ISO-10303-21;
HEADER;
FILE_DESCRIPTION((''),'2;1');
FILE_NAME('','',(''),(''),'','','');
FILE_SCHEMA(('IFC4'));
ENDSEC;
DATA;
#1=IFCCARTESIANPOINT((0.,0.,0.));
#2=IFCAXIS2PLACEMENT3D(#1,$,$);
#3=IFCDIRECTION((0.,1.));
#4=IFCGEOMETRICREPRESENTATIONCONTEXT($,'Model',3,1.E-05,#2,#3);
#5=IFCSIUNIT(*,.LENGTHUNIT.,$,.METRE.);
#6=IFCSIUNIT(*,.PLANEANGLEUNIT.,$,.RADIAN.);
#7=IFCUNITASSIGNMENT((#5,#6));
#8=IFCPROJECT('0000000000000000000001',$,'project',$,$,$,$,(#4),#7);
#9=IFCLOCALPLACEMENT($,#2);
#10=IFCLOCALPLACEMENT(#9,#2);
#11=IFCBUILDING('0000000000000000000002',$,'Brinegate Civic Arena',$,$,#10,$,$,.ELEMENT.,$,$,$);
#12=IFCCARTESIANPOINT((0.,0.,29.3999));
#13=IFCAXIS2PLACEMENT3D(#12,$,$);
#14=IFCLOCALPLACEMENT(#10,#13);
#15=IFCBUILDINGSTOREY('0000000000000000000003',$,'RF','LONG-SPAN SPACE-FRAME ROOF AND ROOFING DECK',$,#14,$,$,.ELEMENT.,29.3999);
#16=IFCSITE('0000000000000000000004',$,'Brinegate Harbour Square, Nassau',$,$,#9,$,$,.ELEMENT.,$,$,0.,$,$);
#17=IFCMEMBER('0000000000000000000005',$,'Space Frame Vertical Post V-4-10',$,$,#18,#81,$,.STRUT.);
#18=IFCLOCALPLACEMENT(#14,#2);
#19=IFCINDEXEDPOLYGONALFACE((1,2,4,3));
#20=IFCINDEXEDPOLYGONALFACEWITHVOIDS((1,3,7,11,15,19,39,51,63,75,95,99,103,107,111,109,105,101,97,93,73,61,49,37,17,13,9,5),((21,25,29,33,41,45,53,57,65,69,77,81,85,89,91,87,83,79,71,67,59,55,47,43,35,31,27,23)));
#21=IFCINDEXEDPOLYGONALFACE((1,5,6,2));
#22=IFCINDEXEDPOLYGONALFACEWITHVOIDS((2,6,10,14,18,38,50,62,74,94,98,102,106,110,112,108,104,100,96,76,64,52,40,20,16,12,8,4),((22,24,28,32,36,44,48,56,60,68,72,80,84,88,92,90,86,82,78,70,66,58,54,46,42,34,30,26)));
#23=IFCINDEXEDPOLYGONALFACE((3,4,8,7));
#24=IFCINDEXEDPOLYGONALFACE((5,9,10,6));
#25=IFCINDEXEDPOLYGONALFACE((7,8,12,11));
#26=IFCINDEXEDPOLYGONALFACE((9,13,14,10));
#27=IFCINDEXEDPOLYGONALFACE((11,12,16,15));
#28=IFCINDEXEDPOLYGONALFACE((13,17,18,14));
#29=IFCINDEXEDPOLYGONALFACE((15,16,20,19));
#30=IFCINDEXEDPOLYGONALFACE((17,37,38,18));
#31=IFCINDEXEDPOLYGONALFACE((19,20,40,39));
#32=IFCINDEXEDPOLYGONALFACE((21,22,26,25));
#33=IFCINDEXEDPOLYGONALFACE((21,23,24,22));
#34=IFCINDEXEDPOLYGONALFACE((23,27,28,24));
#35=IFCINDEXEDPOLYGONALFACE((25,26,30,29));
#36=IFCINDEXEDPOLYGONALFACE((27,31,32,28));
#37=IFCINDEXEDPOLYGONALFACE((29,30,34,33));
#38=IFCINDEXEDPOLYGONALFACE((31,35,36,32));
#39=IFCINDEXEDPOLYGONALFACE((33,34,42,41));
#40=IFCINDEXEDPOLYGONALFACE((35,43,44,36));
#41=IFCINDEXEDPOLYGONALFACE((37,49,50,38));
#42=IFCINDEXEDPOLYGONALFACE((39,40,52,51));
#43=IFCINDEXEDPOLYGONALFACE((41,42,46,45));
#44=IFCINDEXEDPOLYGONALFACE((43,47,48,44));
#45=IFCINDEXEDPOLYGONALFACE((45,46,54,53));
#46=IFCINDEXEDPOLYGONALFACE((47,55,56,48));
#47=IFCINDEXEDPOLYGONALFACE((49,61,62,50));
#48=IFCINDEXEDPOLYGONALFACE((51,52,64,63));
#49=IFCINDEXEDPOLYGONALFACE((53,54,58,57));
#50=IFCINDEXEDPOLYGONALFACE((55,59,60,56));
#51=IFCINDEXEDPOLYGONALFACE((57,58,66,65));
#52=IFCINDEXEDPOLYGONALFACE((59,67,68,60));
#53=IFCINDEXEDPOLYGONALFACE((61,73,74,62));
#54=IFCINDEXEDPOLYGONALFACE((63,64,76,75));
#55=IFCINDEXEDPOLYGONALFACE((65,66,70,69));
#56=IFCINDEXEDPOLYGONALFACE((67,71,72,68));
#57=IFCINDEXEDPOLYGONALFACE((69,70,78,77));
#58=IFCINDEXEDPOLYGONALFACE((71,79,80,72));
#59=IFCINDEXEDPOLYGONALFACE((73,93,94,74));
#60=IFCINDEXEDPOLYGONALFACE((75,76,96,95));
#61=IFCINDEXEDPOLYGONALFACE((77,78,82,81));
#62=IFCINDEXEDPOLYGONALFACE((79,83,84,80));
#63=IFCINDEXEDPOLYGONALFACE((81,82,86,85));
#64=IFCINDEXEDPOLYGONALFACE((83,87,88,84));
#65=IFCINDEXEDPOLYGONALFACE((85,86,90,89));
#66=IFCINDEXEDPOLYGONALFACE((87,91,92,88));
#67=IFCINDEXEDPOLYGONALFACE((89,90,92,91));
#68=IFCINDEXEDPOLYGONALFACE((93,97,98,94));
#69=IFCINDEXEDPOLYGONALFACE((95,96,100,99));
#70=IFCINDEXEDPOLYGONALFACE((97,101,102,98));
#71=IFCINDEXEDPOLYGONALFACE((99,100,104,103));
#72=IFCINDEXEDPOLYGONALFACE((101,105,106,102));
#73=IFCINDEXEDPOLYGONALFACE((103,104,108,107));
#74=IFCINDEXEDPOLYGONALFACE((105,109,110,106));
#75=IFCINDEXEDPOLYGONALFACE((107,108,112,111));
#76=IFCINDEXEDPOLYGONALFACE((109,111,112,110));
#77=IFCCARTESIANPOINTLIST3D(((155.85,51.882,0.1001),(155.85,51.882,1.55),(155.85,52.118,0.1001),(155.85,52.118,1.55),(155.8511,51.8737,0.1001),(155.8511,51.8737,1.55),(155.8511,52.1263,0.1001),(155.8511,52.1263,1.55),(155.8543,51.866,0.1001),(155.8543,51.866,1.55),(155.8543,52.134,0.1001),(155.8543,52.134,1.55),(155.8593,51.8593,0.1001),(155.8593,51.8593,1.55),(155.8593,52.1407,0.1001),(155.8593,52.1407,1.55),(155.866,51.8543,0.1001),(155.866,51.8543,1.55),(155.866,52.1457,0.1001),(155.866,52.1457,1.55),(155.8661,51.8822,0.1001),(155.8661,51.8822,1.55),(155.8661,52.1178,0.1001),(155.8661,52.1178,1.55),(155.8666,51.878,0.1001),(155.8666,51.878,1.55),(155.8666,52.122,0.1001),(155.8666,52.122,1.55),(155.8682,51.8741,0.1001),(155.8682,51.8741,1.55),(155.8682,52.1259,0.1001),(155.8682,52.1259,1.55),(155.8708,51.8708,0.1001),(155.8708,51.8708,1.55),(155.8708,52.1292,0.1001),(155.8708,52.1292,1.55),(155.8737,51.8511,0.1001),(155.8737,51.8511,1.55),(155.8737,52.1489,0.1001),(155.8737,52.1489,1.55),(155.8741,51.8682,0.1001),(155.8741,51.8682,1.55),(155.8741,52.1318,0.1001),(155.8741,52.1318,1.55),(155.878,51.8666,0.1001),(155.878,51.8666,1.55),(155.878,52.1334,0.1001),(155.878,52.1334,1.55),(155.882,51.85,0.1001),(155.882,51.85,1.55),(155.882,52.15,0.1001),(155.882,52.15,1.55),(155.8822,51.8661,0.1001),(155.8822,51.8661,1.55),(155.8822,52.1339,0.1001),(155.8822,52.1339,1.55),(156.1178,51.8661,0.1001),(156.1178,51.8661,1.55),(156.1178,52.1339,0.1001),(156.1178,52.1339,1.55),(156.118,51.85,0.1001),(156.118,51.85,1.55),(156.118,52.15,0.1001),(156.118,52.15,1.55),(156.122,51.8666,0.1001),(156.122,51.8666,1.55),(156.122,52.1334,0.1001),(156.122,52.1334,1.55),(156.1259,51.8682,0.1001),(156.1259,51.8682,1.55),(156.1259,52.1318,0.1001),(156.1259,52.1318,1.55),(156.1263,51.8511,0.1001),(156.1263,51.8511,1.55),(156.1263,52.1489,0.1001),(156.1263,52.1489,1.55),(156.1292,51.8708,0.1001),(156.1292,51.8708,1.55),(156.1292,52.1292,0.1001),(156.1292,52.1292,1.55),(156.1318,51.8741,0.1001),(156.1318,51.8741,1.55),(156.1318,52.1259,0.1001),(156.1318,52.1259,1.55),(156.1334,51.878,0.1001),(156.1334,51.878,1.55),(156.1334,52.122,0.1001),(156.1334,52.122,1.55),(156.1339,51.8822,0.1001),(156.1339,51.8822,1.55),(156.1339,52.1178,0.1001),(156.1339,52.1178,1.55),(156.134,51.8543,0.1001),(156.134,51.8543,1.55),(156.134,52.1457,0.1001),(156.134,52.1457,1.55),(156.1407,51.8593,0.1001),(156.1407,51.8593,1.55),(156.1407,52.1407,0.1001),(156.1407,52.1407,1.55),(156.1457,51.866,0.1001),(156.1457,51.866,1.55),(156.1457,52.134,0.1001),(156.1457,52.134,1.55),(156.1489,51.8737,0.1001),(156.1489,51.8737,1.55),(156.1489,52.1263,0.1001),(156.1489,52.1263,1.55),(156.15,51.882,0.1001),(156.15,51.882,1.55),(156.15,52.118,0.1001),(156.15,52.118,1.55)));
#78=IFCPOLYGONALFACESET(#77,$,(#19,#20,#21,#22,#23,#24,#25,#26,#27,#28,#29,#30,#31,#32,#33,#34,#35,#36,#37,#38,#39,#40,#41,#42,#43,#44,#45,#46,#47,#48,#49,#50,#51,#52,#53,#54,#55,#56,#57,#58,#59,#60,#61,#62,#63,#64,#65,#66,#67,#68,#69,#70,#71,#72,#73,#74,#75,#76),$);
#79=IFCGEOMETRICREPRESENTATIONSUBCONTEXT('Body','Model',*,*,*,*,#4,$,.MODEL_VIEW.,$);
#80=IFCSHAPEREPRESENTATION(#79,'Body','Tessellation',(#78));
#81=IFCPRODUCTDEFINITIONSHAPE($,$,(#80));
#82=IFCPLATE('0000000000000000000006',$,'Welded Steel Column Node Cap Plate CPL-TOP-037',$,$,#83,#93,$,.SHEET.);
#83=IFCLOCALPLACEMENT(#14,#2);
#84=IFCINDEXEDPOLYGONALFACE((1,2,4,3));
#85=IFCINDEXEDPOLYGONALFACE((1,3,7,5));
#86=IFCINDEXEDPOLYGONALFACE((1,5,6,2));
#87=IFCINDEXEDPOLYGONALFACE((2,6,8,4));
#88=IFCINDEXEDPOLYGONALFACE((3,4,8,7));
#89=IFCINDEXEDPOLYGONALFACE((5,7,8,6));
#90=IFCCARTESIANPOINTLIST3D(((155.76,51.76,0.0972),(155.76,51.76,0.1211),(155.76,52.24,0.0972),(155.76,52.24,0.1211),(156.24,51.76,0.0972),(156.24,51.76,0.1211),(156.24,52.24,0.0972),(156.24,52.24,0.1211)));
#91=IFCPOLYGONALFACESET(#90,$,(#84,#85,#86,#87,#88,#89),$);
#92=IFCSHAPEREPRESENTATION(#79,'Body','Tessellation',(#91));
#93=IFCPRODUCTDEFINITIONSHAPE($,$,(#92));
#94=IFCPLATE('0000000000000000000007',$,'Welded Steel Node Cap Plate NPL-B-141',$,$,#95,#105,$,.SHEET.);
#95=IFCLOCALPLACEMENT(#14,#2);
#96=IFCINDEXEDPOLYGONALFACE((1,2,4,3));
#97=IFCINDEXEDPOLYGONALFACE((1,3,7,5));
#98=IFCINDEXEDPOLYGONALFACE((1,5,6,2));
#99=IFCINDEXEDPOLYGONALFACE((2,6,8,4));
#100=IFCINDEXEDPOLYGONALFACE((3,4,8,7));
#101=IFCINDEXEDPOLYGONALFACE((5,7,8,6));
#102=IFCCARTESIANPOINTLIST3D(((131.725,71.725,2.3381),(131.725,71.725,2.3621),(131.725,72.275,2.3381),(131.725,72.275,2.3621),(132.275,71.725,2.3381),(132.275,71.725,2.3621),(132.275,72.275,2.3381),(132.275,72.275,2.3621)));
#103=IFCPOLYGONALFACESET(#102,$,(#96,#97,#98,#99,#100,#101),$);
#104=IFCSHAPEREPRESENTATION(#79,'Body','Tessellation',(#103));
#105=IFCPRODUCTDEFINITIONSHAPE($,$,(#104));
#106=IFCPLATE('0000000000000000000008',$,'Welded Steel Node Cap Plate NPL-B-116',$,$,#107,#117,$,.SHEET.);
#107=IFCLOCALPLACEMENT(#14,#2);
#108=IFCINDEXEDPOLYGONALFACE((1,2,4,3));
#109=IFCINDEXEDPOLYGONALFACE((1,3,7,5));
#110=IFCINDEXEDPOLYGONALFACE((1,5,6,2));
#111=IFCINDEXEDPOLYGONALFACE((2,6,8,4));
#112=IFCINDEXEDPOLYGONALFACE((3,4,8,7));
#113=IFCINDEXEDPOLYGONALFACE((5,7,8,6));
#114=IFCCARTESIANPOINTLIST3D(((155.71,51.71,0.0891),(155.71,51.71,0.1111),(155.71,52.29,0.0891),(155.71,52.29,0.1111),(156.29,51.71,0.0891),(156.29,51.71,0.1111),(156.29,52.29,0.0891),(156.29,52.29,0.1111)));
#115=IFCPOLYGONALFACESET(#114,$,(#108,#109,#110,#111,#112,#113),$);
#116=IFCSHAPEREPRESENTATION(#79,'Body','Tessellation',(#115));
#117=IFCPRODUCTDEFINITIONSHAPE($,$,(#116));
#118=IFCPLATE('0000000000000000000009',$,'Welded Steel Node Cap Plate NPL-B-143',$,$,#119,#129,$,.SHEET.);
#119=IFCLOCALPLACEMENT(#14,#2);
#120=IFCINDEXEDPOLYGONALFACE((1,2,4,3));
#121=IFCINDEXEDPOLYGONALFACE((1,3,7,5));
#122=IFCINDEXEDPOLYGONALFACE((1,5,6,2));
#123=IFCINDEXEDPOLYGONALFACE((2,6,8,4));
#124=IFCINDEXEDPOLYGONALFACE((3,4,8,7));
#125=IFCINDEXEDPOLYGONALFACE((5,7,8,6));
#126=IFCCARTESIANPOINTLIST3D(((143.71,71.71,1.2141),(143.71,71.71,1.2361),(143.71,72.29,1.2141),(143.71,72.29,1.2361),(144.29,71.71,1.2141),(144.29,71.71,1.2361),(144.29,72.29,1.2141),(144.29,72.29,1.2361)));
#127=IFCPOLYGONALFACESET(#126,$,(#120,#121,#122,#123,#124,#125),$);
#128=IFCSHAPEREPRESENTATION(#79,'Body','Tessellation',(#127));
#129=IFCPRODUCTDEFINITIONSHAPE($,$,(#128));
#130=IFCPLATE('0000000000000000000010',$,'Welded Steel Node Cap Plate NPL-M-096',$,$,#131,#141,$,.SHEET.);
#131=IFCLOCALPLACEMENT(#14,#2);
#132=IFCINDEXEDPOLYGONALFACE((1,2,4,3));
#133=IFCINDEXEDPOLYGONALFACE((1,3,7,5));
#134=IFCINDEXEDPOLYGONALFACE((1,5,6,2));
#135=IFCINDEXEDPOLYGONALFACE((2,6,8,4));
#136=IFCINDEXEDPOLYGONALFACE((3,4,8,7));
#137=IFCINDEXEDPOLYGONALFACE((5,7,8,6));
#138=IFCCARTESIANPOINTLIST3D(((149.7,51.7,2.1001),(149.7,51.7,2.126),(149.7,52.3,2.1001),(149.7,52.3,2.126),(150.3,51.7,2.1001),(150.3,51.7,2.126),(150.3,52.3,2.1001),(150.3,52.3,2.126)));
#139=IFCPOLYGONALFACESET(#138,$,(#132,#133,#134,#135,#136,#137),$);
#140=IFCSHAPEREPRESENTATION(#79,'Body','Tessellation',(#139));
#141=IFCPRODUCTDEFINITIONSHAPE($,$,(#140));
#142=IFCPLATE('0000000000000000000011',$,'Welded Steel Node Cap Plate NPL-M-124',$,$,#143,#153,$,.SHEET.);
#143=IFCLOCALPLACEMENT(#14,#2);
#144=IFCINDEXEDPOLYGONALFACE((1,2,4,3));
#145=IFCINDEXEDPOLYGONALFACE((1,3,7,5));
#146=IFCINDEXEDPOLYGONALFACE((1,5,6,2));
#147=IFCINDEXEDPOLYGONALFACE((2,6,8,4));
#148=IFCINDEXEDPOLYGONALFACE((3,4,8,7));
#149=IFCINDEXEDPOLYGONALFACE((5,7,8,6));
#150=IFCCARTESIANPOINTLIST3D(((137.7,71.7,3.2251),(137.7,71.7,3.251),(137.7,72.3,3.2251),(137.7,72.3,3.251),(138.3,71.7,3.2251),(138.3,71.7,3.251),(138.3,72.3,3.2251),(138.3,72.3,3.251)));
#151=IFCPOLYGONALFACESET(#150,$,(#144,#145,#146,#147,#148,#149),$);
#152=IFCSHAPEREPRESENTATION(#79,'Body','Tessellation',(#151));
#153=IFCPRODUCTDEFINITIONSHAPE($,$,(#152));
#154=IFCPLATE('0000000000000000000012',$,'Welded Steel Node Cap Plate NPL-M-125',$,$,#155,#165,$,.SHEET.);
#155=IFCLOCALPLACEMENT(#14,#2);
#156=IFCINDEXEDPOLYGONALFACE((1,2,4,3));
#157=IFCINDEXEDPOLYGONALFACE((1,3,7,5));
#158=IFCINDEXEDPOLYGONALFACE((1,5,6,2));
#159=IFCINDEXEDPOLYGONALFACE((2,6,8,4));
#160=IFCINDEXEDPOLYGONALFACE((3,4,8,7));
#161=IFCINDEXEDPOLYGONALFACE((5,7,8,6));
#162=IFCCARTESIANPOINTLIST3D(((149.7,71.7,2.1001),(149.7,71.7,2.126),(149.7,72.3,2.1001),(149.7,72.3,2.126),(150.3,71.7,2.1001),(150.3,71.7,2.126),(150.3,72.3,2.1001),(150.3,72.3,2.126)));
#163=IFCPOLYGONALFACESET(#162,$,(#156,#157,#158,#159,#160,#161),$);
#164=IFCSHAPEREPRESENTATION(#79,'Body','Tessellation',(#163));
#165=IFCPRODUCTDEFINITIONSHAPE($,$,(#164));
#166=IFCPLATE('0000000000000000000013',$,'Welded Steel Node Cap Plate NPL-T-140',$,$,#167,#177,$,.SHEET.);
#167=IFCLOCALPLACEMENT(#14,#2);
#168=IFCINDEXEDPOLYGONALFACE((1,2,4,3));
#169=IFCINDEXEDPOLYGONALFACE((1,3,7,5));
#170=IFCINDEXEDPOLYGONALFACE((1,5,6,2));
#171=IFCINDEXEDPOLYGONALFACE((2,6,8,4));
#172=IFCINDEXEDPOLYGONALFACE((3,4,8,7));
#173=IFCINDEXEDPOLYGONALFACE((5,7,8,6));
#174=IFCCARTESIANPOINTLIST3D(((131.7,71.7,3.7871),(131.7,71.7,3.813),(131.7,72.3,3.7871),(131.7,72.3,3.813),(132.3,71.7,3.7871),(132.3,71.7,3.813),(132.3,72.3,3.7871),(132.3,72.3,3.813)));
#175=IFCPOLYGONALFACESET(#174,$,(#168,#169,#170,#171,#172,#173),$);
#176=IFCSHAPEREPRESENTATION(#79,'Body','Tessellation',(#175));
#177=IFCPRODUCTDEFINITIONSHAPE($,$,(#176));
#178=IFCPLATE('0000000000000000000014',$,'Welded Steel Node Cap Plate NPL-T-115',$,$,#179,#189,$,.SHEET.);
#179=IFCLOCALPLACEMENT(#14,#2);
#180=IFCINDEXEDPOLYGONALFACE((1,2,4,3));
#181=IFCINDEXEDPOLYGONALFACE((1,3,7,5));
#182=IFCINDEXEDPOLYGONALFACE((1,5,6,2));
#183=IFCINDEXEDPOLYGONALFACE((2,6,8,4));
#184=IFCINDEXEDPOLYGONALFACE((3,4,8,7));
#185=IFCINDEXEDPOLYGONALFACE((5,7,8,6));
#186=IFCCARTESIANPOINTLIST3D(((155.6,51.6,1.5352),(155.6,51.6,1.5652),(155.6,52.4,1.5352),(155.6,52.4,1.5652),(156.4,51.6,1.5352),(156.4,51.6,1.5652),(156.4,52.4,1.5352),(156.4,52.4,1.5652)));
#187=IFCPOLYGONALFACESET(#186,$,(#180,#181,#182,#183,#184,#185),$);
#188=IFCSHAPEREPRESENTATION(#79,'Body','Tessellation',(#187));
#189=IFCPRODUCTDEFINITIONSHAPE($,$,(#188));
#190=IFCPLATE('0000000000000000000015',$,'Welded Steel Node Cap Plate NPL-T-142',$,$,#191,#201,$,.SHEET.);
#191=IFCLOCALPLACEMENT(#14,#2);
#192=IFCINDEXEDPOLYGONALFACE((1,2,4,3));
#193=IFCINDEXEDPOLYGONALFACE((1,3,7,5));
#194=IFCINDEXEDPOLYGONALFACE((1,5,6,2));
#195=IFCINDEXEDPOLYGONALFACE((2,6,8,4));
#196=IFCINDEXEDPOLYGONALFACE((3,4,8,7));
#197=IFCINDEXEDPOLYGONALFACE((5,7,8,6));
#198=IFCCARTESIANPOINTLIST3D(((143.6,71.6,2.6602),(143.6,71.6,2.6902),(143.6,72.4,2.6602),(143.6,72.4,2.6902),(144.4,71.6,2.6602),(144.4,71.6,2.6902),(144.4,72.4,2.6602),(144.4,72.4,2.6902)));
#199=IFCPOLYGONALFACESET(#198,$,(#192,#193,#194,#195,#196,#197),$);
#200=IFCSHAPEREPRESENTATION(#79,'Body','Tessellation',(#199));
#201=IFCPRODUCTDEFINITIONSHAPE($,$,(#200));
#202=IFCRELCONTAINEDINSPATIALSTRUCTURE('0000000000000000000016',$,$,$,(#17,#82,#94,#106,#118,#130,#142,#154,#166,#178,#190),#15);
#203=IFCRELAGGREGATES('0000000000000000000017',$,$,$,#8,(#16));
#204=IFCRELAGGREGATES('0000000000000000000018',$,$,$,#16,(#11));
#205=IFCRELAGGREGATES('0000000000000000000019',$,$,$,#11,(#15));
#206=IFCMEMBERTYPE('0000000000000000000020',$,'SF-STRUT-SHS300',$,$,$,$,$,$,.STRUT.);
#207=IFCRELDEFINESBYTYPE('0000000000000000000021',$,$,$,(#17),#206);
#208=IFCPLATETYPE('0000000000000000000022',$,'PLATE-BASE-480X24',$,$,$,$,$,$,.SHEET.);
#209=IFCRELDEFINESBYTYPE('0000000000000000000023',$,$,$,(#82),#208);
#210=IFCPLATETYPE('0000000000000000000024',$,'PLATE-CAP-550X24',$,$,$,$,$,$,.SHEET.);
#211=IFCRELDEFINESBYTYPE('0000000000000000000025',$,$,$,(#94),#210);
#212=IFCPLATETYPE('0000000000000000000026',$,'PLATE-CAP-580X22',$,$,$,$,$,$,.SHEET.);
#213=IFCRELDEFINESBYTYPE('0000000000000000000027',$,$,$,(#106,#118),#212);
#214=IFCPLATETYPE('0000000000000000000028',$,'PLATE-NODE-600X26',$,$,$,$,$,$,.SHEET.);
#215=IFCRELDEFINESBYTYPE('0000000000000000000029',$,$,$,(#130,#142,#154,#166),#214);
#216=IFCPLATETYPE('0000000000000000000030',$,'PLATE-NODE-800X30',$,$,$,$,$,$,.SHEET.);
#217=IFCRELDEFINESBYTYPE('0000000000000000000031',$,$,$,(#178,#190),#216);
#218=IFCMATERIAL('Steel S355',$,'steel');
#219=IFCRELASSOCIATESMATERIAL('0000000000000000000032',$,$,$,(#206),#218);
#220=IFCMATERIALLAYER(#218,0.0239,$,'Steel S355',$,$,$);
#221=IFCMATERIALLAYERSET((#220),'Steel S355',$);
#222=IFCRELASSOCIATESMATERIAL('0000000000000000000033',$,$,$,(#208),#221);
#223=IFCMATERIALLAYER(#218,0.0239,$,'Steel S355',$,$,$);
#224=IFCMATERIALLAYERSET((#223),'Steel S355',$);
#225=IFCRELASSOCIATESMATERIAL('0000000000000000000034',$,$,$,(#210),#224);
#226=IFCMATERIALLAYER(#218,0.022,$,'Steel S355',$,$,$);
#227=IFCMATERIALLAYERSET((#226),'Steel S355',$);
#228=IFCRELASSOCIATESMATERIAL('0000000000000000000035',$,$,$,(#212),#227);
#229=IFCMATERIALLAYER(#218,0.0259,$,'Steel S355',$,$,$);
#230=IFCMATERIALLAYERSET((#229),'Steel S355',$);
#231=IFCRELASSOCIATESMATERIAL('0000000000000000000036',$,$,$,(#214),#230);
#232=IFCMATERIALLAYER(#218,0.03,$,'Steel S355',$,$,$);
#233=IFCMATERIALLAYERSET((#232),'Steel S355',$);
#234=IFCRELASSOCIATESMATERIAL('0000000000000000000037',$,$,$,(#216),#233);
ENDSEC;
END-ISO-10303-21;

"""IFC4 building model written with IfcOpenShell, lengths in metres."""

from ifc_helpers import new_model, si_unit, direction, frame, origin, origin_2d, place, context, subcontext, project, spatial, rectangle, hollow_rectangle, extrude, material, layer, layer_set, material_profile, profile_set, type_object, element, save


model = new_model("IFC4")

# Units and contexts
model_context = context("Model", 3, precision=1e-05, world=origin(), true_north=direction((0.0, 1.0)))
body_context = subcontext(model_context, "Body", "Model", "MODEL_VIEW")
ifc_project = project(units=[si_unit("LENGTHUNIT", "METRE"), si_unit("PLANEANGLEUNIT", "RADIAN")], contexts=[model_context])

# Site, building, storey
site_placement = place(None, origin())
site = spatial("IfcSite", under=ifc_project, at=site_placement, Name="Brinegate Harbour Square, Nassau", CompositionType="ELEMENT", RefElevation=0.0)
building_placement = place(site_placement, origin())
building = spatial("IfcBuilding", under=site, at=building_placement, Name="Brinegate Civic Arena", CompositionType="ELEMENT")
storey_placement = place(building_placement, frame((0.0, 0.0, 29.3999)))
storey = spatial("IfcBuildingStorey", under=building, at=storey_placement, Name="RF", Description="LONG-SPAN SPACE-FRAME ROOF AND ROOFING DECK", CompositionType="ELEMENT", Elevation=29.3999)

# Shared definitions
ifc_material_1 = material(Name="Steel S355", Category="steel")

# Member
ifc_material_profile_1 = material_profile(ifc_material_1, hollow_rectangle(XDim=0.3, YDim=0.3, WallThickness=0.0161, InnerFilletRadius=0.0161, OuterFilletRadius=0.032, at=origin_2d()), Name="SHS300X16")
ifc_profile_set_1 = profile_set([ifc_material_profile_1], Name="Steel S355")
member_type_1 = type_object("IfcMemberType", Name="SF-STRUT-SHS300", PredefinedType="STRUT", material=ifc_profile_set_1)
member_1_placement = place(storey_placement, frame((156.0, 52.0, 0.1001), z_axis=(0.0, 0.0, 1.0), x_axis=(1.0, 0.0, 0.0)))
element("IfcMember", 1, at=member_1_placement, inside=storey, type_object=member_type_1, Name="Space Frame Vertical Post V-4-10", PredefinedType="STRUT", context=body_context, shape_type="SweptSolid", body=[
    extrude(hollow_rectangle(XDim=0.3, YDim=0.3, WallThickness=0.0161, InnerFilletRadius=0.0161, OuterFilletRadius=0.032, at=origin_2d()), origin(), (0.0, 0.0, 1.0), 1.45),
])

# Plates
ifc_layer_1 = layer(ifc_material_1, 0.0239, Name="Steel S355")
ifc_layer_set_1 = layer_set([ifc_layer_1], Name="Steel S355")
plate_type_1 = type_object("IfcPlateType", Name="PLATE-BASE-480X24", PredefinedType="SHEET", material=ifc_layer_set_1)
plate_1_placement = place(storey_placement, frame((156.0, 52.0, 0.0972), z_axis=(0.0, 0.0, 1.0), x_axis=(1.0, 0.0, 0.0)))
element("IfcPlate", 2, at=plate_1_placement, inside=storey, type_object=plate_type_1, Name="Welded Steel Column Node Cap Plate CPL-TOP-037", PredefinedType="SHEET", context=body_context, shape_type="SweptSolid", body=[
    extrude(rectangle(XDim=0.48, YDim=0.48, at=origin_2d()), origin(), (0.0, 0.0, 1.0), 0.0239),
])
ifc_layer_2 = layer(ifc_material_1, 0.0239, Name="Steel S355")
ifc_layer_set_2 = layer_set([ifc_layer_2], Name="Steel S355")
plate_type_2 = type_object("IfcPlateType", Name="PLATE-CAP-550X24", PredefinedType="SHEET", material=ifc_layer_set_2)
plate_2_placement = place(storey_placement, frame((132.0, 72.0, 2.3381), z_axis=(0.0, 0.0, 1.0), x_axis=(1.0, 0.0, 0.0)))
element("IfcPlate", 3, at=plate_2_placement, inside=storey, type_object=plate_type_2, Name="Welded Steel Node Cap Plate NPL-B-141", PredefinedType="SHEET", context=body_context, shape_type="SweptSolid", body=[
    extrude(rectangle(XDim=0.55, YDim=0.55, at=origin_2d()), origin(), (0.0, 0.0, 1.0), 0.0239),
])
ifc_layer_3 = layer(ifc_material_1, 0.022, Name="Steel S355")
ifc_layer_set_3 = layer_set([ifc_layer_3], Name="Steel S355")
plate_type_3 = type_object("IfcPlateType", Name="PLATE-CAP-580X22", PredefinedType="SHEET", material=ifc_layer_set_3)
for number, where, z_axis, x_axis, name in (
    (4, (156.0, 52.0, 0.0891), (0.0, 0.0, 1.0), (1.0, 0.0, 0.0), "Welded Steel Node Cap Plate NPL-B-116"),
    (5, (144.0, 72.0, 1.2141), (0.0, 0.0, 1.0), (1.0, 0.0, 0.0), "Welded Steel Node Cap Plate NPL-B-143"),
):
    element("IfcPlate", number, at=place(storey_placement, frame(where, z_axis=z_axis, x_axis=x_axis)), inside=storey, type_object=plate_type_3, Name=name, PredefinedType="SHEET", context=body_context, shape_type="SweptSolid", body=[
        extrude(rectangle(XDim=0.5801, YDim=0.5801, at=origin_2d()), origin(), (0.0, 0.0, 1.0), 0.022),
    ])
ifc_layer_4 = layer(ifc_material_1, 0.0259, Name="Steel S355")
ifc_layer_set_4 = layer_set([ifc_layer_4], Name="Steel S355")
plate_type_4 = type_object("IfcPlateType", Name="PLATE-NODE-600X26", PredefinedType="SHEET", material=ifc_layer_set_4)
for number, where, z_axis, x_axis, name in (
    (6, (150.0, 52.0, 2.1001), (0.0, 0.0, 1.0), (1.0, 0.0, 0.0), "Welded Steel Node Cap Plate NPL-M-096"),
    (7, (138.0, 72.0, 3.2251), (0.0, 0.0, 1.0), (1.0, 0.0, 0.0), "Welded Steel Node Cap Plate NPL-M-124"),
    (8, (150.0, 72.0, 2.1001), (0.0, 0.0, 1.0), (1.0, 0.0, 0.0), "Welded Steel Node Cap Plate NPL-M-125"),
    (9, (132.0, 72.0, 3.7871), (0.0, 0.0, 1.0), (1.0, 0.0, 0.0), "Welded Steel Node Cap Plate NPL-T-140"),
):
    element("IfcPlate", number, at=place(storey_placement, frame(where, z_axis=z_axis, x_axis=x_axis)), inside=storey, type_object=plate_type_4, Name=name, PredefinedType="SHEET", context=body_context, shape_type="SweptSolid", body=[
        extrude(rectangle(XDim=0.6001, YDim=0.6001, at=origin_2d()), origin(), (0.0, 0.0, 1.0), 0.0259),
    ])
ifc_layer_5 = layer(ifc_material_1, 0.03, Name="Steel S355")
ifc_layer_set_5 = layer_set([ifc_layer_5], Name="Steel S355")
plate_type_5 = type_object("IfcPlateType", Name="PLATE-NODE-800X30", PredefinedType="SHEET", material=ifc_layer_set_5)
for number, where, z_axis, x_axis, name in (
    (10, (156.0, 52.0, 1.5352), (0.0, 0.0, 1.0), (1.0, 0.0, 0.0), "Welded Steel Node Cap Plate NPL-T-115"),
    (11, (144.0, 72.0, 2.6602), (0.0, 0.0, 1.0), (1.0, 0.0, 0.0), "Welded Steel Node Cap Plate NPL-T-142"),
):
    element("IfcPlate", number, at=place(storey_placement, frame(where, z_axis=z_axis, x_axis=x_axis)), inside=storey, type_object=plate_type_5, Name=name, PredefinedType="SHEET", context=body_context, shape_type="SweptSolid", body=[
        extrude(rectangle(XDim=0.8, YDim=0.8, at=origin_2d()), origin(), (0.0, 0.0, 1.0), 0.03),
    ])

save(model, "model.ifc")
